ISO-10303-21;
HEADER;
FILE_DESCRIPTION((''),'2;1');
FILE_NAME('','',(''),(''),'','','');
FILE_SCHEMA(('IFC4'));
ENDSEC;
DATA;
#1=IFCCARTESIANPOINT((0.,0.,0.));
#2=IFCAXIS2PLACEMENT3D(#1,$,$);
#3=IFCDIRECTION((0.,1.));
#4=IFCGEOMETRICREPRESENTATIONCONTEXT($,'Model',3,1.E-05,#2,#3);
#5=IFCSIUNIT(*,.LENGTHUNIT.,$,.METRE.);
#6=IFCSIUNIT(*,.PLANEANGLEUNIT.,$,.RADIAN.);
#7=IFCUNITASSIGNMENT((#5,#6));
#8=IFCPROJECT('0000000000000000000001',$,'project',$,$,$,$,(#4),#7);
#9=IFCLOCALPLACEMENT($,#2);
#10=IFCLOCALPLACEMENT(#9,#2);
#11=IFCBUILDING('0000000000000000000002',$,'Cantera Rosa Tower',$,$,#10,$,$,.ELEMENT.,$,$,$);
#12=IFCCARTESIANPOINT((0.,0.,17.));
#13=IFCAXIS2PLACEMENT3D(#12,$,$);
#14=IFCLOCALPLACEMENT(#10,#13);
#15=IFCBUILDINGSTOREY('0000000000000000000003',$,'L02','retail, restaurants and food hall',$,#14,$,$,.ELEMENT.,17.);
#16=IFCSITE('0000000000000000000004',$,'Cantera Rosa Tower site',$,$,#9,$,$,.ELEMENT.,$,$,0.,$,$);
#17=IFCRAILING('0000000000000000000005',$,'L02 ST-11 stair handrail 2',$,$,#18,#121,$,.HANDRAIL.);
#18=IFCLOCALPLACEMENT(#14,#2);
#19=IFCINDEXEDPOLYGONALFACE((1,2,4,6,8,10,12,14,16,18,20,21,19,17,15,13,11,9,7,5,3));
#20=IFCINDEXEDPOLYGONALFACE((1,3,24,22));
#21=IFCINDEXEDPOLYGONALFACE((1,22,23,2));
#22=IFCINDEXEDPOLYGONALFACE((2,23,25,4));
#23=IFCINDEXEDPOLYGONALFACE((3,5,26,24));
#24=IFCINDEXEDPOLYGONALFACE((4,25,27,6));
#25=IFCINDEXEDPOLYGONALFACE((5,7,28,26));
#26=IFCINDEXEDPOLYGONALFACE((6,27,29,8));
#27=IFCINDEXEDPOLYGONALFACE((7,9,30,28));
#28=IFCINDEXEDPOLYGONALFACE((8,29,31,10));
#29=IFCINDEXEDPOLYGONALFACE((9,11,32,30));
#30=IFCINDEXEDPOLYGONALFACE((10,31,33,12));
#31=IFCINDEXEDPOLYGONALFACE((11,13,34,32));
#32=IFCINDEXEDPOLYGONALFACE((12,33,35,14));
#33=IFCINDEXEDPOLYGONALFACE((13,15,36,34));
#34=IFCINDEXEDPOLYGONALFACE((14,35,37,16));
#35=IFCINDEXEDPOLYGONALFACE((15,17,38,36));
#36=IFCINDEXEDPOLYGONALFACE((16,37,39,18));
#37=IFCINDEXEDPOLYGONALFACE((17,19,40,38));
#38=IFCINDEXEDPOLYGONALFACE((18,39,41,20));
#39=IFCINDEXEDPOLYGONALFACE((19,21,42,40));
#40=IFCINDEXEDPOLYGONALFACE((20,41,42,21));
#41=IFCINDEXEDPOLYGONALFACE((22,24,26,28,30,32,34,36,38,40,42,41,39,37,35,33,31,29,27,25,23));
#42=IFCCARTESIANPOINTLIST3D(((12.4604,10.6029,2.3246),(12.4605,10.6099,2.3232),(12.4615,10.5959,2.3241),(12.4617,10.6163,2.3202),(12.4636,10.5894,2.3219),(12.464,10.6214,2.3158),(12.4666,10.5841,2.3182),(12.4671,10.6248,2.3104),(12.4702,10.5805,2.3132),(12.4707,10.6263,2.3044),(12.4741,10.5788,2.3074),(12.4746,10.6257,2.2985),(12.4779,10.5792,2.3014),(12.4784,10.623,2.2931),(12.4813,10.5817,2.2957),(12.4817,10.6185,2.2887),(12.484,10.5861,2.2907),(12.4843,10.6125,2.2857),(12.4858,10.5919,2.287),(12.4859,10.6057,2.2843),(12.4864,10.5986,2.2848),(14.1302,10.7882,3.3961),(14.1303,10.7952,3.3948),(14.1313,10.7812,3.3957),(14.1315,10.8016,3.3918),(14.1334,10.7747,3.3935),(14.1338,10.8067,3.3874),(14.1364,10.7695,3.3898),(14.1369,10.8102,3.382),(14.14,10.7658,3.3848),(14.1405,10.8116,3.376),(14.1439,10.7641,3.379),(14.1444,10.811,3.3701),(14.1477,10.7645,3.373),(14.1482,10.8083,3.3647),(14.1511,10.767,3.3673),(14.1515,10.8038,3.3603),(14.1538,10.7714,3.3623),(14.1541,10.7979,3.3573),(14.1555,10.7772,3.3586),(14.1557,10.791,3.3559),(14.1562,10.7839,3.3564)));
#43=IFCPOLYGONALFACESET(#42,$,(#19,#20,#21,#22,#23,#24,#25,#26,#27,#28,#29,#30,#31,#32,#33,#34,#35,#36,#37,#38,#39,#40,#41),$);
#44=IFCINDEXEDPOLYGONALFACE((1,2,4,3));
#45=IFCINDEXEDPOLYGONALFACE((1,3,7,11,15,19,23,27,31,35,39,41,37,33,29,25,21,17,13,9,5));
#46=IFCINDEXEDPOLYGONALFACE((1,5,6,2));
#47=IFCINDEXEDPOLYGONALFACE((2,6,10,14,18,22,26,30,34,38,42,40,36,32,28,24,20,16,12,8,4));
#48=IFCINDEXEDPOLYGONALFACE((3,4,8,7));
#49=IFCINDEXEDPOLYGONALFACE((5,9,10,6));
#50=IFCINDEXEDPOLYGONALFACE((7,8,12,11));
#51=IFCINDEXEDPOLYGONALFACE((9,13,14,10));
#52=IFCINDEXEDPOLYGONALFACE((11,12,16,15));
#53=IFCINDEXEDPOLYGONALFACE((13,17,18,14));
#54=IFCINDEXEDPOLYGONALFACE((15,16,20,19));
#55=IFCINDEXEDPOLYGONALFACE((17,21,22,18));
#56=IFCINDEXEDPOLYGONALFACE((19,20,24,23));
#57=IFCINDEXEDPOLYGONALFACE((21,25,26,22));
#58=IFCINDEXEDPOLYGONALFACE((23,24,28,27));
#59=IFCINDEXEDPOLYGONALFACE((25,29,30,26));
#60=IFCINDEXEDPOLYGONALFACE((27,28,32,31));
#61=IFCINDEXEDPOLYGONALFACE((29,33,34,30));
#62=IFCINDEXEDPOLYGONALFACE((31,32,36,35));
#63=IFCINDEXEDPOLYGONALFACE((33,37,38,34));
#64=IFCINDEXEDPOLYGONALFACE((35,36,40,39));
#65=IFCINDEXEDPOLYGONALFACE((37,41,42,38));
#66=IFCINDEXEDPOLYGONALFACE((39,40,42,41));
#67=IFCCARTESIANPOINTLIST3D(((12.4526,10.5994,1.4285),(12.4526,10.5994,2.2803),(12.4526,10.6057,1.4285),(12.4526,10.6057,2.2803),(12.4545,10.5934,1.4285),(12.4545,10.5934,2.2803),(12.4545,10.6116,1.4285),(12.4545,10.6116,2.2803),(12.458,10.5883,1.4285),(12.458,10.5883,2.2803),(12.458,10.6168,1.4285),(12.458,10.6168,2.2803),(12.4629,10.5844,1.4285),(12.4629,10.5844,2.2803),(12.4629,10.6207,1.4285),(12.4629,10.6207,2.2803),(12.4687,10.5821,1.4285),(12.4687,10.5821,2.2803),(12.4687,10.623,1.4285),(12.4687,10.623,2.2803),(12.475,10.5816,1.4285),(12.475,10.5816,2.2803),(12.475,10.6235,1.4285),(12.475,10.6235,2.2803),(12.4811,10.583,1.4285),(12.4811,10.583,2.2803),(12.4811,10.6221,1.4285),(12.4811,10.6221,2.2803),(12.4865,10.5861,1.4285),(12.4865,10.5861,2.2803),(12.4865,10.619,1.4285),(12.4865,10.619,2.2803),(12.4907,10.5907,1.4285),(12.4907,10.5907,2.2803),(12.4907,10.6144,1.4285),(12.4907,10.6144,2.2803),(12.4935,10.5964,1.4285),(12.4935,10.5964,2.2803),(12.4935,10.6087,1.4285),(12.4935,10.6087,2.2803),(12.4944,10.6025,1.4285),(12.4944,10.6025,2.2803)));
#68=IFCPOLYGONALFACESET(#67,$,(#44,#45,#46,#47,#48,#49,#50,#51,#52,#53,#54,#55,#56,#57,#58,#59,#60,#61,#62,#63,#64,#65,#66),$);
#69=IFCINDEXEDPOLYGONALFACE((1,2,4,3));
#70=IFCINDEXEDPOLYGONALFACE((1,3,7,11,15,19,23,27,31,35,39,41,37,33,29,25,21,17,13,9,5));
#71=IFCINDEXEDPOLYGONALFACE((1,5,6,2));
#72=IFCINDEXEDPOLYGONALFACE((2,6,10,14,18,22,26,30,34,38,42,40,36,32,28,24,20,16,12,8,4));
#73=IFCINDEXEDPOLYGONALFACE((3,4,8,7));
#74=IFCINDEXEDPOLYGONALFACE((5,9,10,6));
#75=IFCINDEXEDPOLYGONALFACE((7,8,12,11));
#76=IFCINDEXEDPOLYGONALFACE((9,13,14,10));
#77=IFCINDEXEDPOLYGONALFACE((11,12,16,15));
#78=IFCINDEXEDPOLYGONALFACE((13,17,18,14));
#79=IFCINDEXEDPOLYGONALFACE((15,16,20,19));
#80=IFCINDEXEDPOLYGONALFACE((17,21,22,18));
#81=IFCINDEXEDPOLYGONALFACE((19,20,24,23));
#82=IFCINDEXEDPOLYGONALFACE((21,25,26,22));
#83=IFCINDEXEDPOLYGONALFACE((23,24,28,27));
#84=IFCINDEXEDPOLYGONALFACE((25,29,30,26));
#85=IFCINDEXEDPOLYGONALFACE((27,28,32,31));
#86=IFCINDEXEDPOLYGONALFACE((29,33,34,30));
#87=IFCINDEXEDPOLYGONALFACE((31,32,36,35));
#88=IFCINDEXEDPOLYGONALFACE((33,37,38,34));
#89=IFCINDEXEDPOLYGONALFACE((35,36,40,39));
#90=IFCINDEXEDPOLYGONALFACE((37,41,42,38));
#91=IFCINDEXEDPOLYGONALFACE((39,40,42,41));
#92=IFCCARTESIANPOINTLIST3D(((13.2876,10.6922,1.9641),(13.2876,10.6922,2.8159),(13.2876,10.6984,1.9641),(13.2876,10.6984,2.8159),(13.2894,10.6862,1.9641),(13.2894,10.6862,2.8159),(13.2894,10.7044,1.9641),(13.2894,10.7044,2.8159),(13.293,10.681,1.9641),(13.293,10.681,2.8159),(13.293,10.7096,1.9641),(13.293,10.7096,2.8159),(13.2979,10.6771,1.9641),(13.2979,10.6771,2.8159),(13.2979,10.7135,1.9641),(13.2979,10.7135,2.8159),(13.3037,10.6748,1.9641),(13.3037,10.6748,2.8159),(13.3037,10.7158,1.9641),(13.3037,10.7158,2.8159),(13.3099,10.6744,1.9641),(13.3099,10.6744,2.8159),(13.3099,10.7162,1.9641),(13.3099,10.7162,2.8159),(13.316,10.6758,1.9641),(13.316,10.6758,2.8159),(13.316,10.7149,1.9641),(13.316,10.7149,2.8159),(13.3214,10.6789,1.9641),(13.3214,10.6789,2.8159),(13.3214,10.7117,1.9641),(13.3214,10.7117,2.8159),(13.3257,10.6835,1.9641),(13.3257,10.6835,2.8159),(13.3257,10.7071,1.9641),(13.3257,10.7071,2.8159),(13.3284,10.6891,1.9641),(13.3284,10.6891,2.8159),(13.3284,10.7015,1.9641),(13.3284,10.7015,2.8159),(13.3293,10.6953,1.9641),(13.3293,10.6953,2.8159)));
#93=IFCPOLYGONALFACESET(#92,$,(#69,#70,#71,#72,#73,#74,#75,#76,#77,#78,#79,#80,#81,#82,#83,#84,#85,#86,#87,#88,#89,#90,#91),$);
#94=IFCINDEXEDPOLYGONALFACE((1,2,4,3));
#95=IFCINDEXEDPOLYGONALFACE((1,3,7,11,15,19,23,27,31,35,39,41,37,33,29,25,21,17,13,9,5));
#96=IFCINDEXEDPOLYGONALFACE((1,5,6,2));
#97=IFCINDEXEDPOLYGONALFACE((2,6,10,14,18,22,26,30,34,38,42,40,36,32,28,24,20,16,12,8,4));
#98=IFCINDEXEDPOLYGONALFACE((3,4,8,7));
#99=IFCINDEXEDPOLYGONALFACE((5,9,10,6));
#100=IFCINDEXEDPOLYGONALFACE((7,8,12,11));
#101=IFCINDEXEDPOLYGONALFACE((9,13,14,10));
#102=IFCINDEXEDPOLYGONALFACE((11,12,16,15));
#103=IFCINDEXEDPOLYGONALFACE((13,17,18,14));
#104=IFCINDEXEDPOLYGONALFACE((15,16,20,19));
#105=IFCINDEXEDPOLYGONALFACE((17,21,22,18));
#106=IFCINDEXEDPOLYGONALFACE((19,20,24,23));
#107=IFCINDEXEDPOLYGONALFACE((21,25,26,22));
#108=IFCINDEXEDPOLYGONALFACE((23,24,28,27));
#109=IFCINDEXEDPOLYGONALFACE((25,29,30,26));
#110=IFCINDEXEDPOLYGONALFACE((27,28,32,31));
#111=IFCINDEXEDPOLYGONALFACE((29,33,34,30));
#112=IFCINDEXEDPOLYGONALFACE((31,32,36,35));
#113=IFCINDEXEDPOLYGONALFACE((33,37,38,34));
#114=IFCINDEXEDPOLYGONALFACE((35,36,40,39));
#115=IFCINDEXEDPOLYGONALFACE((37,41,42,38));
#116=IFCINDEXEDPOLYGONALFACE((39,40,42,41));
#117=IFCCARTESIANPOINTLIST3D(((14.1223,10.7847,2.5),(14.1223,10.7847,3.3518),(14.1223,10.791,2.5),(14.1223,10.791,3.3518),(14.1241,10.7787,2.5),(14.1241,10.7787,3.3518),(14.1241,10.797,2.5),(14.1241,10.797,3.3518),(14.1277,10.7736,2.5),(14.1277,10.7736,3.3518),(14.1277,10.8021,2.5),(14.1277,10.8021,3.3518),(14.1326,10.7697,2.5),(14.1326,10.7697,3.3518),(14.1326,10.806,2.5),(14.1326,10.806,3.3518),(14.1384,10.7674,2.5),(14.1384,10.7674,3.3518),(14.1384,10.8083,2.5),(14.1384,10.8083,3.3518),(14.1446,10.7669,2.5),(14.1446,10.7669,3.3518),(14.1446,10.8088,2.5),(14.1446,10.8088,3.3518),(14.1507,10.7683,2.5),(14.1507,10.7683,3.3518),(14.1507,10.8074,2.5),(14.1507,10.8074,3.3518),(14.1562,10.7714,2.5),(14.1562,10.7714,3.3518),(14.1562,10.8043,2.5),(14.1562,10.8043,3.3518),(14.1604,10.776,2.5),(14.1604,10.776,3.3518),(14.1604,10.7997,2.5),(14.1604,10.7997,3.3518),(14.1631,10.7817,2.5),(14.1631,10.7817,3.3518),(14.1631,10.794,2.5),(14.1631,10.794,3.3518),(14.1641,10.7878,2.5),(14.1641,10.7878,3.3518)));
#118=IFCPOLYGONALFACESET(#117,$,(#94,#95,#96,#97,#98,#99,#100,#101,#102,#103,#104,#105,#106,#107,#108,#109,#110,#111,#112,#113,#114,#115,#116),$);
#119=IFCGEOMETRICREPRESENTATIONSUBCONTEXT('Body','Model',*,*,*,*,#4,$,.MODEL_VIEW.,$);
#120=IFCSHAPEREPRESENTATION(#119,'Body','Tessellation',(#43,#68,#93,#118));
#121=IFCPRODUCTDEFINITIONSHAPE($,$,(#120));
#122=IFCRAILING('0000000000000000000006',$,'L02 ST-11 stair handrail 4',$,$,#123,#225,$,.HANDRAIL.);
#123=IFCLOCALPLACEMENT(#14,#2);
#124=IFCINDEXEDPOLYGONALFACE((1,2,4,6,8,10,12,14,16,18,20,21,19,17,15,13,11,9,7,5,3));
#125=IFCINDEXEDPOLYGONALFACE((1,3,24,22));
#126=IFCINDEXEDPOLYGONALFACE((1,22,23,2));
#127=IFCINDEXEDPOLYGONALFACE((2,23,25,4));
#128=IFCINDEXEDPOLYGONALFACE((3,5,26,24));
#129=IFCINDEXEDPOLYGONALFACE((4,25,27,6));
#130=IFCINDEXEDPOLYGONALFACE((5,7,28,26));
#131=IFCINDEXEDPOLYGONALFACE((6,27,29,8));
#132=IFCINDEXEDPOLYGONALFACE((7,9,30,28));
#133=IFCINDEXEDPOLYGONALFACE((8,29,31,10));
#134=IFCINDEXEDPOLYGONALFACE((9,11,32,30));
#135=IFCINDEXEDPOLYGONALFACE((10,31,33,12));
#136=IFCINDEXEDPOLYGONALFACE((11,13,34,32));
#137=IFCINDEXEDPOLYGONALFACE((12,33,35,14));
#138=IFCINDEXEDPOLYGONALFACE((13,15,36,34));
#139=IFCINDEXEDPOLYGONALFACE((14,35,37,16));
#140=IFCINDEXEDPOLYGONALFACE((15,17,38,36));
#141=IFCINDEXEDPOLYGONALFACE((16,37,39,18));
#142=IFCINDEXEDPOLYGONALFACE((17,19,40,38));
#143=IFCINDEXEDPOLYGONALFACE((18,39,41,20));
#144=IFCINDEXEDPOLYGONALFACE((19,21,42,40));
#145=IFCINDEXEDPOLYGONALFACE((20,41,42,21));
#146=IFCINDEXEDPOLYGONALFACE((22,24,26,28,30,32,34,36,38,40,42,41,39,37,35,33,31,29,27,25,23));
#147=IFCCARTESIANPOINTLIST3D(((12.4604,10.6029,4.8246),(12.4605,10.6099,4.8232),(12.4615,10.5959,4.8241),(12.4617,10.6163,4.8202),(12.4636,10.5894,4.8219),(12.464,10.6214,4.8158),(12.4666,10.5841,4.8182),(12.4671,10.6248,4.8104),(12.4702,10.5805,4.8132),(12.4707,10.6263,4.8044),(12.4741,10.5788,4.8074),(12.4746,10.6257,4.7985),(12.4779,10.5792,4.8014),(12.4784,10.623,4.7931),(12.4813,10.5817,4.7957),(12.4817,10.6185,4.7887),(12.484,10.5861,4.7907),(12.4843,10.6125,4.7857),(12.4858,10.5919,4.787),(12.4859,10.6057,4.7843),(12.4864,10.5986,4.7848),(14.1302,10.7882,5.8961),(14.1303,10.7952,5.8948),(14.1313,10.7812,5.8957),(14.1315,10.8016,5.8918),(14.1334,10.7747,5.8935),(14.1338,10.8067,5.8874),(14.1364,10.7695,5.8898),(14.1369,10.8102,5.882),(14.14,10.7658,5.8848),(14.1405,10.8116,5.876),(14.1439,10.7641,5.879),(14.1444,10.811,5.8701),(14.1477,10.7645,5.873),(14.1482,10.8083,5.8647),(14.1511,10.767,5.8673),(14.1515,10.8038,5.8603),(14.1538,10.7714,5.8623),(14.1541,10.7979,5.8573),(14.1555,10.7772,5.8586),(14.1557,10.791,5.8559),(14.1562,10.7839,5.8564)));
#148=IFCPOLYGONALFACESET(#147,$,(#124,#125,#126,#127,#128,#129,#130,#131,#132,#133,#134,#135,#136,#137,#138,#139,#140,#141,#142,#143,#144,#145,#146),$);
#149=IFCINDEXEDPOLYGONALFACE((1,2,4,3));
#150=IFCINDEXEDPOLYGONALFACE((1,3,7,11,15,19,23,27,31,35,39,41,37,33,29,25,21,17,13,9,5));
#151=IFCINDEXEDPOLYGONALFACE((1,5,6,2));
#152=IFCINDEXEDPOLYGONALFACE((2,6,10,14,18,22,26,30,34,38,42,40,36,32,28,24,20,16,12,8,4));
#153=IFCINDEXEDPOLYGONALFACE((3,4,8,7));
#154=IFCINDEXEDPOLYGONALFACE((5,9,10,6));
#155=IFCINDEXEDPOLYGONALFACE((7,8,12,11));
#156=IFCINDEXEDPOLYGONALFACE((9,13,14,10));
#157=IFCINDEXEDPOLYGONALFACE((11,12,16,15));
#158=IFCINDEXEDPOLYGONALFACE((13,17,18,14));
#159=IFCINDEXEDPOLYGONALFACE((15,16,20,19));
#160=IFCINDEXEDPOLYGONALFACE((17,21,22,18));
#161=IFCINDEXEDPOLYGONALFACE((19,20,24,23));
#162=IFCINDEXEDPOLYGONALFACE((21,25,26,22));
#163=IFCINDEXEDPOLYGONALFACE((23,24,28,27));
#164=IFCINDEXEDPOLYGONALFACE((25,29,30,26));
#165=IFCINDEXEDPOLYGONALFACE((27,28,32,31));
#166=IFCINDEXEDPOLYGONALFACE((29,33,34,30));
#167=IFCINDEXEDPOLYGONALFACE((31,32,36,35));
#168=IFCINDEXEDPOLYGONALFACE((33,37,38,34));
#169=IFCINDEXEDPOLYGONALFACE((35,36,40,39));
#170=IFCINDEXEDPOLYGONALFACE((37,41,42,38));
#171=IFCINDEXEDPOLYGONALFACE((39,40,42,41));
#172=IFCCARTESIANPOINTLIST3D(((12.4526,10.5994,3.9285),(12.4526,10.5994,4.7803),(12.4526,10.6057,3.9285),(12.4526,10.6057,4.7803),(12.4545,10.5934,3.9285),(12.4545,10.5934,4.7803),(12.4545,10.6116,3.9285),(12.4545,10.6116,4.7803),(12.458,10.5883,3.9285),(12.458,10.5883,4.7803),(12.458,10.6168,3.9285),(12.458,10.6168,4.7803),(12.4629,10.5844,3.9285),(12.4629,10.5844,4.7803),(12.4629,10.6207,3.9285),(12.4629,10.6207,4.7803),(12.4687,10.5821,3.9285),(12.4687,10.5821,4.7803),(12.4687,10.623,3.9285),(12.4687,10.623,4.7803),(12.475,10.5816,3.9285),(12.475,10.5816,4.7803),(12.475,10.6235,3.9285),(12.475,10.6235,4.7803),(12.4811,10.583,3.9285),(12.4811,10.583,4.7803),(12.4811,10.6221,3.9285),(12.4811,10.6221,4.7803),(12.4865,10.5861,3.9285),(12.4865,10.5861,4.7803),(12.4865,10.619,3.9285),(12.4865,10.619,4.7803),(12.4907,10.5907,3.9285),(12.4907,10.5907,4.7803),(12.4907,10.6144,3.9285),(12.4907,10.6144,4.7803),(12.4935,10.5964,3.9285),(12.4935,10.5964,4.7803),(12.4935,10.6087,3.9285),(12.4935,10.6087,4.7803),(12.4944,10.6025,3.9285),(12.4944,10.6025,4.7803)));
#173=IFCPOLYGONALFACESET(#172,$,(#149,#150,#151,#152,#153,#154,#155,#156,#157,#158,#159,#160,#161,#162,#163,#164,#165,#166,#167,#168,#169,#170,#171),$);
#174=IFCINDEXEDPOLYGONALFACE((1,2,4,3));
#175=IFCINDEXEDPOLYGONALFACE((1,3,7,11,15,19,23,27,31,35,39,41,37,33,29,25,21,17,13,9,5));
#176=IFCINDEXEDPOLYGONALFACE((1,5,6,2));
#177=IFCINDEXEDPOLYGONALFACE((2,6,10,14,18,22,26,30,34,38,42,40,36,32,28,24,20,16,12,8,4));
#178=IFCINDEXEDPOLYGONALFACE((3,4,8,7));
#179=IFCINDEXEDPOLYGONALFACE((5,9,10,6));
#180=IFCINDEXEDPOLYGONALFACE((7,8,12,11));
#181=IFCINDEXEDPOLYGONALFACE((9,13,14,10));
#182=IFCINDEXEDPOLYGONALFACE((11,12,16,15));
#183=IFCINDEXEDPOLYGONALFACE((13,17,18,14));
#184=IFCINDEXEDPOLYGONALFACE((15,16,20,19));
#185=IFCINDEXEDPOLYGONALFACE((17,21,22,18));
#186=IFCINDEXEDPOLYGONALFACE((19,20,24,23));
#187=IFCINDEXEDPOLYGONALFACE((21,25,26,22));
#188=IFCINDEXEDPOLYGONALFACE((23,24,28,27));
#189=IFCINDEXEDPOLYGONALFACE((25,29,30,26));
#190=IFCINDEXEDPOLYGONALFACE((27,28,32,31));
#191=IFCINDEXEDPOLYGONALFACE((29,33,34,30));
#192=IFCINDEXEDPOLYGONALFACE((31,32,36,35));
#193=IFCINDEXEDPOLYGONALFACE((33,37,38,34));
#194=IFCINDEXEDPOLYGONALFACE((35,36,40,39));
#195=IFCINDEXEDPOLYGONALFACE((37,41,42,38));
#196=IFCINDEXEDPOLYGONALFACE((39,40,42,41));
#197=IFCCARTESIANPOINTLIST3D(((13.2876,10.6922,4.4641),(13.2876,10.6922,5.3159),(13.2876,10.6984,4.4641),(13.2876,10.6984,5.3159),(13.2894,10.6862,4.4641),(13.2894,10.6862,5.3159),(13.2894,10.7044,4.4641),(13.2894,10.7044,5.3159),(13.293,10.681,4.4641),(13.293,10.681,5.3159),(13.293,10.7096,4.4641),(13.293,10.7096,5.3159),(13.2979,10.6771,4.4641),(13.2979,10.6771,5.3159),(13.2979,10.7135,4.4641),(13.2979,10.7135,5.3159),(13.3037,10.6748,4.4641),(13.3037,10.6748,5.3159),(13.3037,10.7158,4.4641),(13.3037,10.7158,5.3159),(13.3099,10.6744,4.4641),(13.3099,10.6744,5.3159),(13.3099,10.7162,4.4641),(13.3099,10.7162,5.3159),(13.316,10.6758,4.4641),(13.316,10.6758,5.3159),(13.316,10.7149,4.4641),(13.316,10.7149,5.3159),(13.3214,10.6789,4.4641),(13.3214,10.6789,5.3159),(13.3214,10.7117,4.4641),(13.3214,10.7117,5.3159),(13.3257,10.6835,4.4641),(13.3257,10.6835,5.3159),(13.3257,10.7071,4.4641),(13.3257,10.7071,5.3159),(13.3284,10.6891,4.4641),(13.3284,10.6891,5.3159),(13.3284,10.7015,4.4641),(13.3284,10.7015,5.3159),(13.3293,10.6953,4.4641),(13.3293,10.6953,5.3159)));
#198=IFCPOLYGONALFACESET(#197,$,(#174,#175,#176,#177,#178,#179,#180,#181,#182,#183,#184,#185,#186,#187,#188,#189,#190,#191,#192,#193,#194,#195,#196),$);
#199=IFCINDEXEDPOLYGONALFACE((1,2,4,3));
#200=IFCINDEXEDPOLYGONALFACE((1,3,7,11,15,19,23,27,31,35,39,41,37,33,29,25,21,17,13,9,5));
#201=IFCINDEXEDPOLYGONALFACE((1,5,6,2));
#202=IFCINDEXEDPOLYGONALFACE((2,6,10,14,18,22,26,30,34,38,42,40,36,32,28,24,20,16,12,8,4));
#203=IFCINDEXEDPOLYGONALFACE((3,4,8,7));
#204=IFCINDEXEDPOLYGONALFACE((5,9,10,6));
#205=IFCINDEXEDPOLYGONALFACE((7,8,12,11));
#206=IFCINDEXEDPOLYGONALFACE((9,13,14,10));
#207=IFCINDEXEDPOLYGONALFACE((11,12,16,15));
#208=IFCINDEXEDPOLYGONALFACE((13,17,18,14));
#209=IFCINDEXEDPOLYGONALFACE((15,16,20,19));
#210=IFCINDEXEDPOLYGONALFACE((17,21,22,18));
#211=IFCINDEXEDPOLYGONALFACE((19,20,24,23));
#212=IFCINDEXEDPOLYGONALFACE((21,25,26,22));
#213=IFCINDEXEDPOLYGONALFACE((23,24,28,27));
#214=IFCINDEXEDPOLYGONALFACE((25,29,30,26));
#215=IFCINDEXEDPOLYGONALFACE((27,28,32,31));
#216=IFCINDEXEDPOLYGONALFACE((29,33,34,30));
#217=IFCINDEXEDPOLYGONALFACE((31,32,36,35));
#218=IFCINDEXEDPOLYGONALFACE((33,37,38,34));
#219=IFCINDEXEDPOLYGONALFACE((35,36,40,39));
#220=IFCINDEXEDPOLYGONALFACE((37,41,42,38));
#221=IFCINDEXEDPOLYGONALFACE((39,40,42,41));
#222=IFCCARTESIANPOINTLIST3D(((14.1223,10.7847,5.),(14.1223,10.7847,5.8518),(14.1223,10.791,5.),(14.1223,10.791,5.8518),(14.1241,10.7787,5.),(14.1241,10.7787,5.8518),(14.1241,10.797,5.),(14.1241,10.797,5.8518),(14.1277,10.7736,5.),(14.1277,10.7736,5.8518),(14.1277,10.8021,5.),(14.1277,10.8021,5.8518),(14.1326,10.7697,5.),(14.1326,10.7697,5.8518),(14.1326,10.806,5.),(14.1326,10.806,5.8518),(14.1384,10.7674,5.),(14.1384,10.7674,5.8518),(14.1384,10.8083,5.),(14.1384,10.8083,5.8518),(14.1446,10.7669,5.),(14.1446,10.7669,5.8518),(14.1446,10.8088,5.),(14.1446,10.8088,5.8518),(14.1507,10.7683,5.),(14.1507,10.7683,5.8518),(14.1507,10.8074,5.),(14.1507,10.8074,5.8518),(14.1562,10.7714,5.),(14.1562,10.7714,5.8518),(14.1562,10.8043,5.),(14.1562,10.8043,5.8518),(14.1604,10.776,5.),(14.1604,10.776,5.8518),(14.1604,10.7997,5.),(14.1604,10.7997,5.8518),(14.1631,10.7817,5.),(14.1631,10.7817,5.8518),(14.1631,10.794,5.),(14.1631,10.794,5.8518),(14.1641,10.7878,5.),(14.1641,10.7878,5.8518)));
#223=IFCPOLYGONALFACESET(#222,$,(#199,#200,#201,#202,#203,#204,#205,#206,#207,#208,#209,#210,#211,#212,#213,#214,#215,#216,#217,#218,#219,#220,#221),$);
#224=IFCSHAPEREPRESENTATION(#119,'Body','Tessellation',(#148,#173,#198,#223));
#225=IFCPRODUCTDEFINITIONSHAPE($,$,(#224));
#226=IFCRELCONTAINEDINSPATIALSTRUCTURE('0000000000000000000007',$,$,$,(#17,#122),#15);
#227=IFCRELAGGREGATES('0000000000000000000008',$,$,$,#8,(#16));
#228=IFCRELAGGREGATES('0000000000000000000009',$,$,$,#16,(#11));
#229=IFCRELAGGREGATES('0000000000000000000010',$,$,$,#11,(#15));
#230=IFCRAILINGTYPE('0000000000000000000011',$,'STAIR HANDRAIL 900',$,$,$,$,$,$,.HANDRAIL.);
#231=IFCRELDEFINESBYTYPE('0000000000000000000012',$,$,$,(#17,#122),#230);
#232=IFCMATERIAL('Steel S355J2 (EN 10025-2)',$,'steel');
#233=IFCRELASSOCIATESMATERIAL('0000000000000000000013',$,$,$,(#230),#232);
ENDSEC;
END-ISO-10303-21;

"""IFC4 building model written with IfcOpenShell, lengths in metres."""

from ifc_helpers import new_model, si_unit, direction, frame, origin, origin_2d, place, context, subcontext, project, spatial, circle, extrude, material, type_object, element, save


model = new_model("IFC4")

# Units and contexts
model_context = context("Model", 3, precision=1e-05, world=origin(), true_north=direction((0.0, 1.0)))
body_context = subcontext(model_context, "Body", "Model", "MODEL_VIEW")
ifc_project = project(units=[si_unit("LENGTHUNIT", "METRE"), si_unit("PLANEANGLEUNIT", "RADIAN")], contexts=[model_context])

# Site, building, storey
site_placement = place(None, origin())
site = spatial("IfcSite", under=ifc_project, at=site_placement, Name="Cantera Rosa Tower site", CompositionType="ELEMENT", RefElevation=0.0)
building_placement = place(site_placement, origin())
building = spatial("IfcBuilding", under=site, at=building_placement, Name="Cantera Rosa Tower", CompositionType="ELEMENT")
storey_placement = place(building_placement, frame((0.0, 0.0, 17.0)))
storey = spatial("IfcBuildingStorey", under=building, at=storey_placement, Name="L02", Description="retail, restaurants and food hall", CompositionType="ELEMENT", Elevation=17.0)

# Railings
ifc_material_1 = material(Name="Steel S355J2 (EN 10025-2)", Category="steel")
railing_type_1 = type_object("IfcRailingType", Name="STAIR HANDRAIL 900", PredefinedType="HANDRAIL", material=ifc_material_1)
for number, where, name in (
    (1, (12.4734, 10.6025, 1.4285), "L02 ST-11 stair handrail 2"),
    (2, (12.4734, 10.6025, 3.9285), "L02 ST-11 stair handrail 4"),
):
    element("IfcRailing", number, at=place(storey_placement, frame(where)), inside=storey, type_object=railing_type_1, Name=name, PredefinedType="HANDRAIL", context=body_context, shape_type="SweptSolid", body=[
        extrude(circle(Radius=0.0239, at=origin_2d()), frame((0.0, 0.0, 0.876), z_axis=(0.837951, 0.092997, 0.537764), x_axis=(-0.110304, 0.993898, 0.0)), (0.0, 0.0, 1.0), 1.9927),
        extrude(circle(Radius=0.021, at=origin_2d()), origin(), (0.0, 0.0, 1.0), 0.8518),
        extrude(circle(Radius=0.021, at=origin_2d()), frame((0.835, 0.0928, 0.5356)), (0.0, 0.0, 1.0), 0.8518),
        extrude(circle(Radius=0.021, at=origin_2d()), frame((1.6697, 0.1853, 1.0715)), (0.0, 0.0, 1.0), 0.8518),
    ])

save(model, "model.ifc")
